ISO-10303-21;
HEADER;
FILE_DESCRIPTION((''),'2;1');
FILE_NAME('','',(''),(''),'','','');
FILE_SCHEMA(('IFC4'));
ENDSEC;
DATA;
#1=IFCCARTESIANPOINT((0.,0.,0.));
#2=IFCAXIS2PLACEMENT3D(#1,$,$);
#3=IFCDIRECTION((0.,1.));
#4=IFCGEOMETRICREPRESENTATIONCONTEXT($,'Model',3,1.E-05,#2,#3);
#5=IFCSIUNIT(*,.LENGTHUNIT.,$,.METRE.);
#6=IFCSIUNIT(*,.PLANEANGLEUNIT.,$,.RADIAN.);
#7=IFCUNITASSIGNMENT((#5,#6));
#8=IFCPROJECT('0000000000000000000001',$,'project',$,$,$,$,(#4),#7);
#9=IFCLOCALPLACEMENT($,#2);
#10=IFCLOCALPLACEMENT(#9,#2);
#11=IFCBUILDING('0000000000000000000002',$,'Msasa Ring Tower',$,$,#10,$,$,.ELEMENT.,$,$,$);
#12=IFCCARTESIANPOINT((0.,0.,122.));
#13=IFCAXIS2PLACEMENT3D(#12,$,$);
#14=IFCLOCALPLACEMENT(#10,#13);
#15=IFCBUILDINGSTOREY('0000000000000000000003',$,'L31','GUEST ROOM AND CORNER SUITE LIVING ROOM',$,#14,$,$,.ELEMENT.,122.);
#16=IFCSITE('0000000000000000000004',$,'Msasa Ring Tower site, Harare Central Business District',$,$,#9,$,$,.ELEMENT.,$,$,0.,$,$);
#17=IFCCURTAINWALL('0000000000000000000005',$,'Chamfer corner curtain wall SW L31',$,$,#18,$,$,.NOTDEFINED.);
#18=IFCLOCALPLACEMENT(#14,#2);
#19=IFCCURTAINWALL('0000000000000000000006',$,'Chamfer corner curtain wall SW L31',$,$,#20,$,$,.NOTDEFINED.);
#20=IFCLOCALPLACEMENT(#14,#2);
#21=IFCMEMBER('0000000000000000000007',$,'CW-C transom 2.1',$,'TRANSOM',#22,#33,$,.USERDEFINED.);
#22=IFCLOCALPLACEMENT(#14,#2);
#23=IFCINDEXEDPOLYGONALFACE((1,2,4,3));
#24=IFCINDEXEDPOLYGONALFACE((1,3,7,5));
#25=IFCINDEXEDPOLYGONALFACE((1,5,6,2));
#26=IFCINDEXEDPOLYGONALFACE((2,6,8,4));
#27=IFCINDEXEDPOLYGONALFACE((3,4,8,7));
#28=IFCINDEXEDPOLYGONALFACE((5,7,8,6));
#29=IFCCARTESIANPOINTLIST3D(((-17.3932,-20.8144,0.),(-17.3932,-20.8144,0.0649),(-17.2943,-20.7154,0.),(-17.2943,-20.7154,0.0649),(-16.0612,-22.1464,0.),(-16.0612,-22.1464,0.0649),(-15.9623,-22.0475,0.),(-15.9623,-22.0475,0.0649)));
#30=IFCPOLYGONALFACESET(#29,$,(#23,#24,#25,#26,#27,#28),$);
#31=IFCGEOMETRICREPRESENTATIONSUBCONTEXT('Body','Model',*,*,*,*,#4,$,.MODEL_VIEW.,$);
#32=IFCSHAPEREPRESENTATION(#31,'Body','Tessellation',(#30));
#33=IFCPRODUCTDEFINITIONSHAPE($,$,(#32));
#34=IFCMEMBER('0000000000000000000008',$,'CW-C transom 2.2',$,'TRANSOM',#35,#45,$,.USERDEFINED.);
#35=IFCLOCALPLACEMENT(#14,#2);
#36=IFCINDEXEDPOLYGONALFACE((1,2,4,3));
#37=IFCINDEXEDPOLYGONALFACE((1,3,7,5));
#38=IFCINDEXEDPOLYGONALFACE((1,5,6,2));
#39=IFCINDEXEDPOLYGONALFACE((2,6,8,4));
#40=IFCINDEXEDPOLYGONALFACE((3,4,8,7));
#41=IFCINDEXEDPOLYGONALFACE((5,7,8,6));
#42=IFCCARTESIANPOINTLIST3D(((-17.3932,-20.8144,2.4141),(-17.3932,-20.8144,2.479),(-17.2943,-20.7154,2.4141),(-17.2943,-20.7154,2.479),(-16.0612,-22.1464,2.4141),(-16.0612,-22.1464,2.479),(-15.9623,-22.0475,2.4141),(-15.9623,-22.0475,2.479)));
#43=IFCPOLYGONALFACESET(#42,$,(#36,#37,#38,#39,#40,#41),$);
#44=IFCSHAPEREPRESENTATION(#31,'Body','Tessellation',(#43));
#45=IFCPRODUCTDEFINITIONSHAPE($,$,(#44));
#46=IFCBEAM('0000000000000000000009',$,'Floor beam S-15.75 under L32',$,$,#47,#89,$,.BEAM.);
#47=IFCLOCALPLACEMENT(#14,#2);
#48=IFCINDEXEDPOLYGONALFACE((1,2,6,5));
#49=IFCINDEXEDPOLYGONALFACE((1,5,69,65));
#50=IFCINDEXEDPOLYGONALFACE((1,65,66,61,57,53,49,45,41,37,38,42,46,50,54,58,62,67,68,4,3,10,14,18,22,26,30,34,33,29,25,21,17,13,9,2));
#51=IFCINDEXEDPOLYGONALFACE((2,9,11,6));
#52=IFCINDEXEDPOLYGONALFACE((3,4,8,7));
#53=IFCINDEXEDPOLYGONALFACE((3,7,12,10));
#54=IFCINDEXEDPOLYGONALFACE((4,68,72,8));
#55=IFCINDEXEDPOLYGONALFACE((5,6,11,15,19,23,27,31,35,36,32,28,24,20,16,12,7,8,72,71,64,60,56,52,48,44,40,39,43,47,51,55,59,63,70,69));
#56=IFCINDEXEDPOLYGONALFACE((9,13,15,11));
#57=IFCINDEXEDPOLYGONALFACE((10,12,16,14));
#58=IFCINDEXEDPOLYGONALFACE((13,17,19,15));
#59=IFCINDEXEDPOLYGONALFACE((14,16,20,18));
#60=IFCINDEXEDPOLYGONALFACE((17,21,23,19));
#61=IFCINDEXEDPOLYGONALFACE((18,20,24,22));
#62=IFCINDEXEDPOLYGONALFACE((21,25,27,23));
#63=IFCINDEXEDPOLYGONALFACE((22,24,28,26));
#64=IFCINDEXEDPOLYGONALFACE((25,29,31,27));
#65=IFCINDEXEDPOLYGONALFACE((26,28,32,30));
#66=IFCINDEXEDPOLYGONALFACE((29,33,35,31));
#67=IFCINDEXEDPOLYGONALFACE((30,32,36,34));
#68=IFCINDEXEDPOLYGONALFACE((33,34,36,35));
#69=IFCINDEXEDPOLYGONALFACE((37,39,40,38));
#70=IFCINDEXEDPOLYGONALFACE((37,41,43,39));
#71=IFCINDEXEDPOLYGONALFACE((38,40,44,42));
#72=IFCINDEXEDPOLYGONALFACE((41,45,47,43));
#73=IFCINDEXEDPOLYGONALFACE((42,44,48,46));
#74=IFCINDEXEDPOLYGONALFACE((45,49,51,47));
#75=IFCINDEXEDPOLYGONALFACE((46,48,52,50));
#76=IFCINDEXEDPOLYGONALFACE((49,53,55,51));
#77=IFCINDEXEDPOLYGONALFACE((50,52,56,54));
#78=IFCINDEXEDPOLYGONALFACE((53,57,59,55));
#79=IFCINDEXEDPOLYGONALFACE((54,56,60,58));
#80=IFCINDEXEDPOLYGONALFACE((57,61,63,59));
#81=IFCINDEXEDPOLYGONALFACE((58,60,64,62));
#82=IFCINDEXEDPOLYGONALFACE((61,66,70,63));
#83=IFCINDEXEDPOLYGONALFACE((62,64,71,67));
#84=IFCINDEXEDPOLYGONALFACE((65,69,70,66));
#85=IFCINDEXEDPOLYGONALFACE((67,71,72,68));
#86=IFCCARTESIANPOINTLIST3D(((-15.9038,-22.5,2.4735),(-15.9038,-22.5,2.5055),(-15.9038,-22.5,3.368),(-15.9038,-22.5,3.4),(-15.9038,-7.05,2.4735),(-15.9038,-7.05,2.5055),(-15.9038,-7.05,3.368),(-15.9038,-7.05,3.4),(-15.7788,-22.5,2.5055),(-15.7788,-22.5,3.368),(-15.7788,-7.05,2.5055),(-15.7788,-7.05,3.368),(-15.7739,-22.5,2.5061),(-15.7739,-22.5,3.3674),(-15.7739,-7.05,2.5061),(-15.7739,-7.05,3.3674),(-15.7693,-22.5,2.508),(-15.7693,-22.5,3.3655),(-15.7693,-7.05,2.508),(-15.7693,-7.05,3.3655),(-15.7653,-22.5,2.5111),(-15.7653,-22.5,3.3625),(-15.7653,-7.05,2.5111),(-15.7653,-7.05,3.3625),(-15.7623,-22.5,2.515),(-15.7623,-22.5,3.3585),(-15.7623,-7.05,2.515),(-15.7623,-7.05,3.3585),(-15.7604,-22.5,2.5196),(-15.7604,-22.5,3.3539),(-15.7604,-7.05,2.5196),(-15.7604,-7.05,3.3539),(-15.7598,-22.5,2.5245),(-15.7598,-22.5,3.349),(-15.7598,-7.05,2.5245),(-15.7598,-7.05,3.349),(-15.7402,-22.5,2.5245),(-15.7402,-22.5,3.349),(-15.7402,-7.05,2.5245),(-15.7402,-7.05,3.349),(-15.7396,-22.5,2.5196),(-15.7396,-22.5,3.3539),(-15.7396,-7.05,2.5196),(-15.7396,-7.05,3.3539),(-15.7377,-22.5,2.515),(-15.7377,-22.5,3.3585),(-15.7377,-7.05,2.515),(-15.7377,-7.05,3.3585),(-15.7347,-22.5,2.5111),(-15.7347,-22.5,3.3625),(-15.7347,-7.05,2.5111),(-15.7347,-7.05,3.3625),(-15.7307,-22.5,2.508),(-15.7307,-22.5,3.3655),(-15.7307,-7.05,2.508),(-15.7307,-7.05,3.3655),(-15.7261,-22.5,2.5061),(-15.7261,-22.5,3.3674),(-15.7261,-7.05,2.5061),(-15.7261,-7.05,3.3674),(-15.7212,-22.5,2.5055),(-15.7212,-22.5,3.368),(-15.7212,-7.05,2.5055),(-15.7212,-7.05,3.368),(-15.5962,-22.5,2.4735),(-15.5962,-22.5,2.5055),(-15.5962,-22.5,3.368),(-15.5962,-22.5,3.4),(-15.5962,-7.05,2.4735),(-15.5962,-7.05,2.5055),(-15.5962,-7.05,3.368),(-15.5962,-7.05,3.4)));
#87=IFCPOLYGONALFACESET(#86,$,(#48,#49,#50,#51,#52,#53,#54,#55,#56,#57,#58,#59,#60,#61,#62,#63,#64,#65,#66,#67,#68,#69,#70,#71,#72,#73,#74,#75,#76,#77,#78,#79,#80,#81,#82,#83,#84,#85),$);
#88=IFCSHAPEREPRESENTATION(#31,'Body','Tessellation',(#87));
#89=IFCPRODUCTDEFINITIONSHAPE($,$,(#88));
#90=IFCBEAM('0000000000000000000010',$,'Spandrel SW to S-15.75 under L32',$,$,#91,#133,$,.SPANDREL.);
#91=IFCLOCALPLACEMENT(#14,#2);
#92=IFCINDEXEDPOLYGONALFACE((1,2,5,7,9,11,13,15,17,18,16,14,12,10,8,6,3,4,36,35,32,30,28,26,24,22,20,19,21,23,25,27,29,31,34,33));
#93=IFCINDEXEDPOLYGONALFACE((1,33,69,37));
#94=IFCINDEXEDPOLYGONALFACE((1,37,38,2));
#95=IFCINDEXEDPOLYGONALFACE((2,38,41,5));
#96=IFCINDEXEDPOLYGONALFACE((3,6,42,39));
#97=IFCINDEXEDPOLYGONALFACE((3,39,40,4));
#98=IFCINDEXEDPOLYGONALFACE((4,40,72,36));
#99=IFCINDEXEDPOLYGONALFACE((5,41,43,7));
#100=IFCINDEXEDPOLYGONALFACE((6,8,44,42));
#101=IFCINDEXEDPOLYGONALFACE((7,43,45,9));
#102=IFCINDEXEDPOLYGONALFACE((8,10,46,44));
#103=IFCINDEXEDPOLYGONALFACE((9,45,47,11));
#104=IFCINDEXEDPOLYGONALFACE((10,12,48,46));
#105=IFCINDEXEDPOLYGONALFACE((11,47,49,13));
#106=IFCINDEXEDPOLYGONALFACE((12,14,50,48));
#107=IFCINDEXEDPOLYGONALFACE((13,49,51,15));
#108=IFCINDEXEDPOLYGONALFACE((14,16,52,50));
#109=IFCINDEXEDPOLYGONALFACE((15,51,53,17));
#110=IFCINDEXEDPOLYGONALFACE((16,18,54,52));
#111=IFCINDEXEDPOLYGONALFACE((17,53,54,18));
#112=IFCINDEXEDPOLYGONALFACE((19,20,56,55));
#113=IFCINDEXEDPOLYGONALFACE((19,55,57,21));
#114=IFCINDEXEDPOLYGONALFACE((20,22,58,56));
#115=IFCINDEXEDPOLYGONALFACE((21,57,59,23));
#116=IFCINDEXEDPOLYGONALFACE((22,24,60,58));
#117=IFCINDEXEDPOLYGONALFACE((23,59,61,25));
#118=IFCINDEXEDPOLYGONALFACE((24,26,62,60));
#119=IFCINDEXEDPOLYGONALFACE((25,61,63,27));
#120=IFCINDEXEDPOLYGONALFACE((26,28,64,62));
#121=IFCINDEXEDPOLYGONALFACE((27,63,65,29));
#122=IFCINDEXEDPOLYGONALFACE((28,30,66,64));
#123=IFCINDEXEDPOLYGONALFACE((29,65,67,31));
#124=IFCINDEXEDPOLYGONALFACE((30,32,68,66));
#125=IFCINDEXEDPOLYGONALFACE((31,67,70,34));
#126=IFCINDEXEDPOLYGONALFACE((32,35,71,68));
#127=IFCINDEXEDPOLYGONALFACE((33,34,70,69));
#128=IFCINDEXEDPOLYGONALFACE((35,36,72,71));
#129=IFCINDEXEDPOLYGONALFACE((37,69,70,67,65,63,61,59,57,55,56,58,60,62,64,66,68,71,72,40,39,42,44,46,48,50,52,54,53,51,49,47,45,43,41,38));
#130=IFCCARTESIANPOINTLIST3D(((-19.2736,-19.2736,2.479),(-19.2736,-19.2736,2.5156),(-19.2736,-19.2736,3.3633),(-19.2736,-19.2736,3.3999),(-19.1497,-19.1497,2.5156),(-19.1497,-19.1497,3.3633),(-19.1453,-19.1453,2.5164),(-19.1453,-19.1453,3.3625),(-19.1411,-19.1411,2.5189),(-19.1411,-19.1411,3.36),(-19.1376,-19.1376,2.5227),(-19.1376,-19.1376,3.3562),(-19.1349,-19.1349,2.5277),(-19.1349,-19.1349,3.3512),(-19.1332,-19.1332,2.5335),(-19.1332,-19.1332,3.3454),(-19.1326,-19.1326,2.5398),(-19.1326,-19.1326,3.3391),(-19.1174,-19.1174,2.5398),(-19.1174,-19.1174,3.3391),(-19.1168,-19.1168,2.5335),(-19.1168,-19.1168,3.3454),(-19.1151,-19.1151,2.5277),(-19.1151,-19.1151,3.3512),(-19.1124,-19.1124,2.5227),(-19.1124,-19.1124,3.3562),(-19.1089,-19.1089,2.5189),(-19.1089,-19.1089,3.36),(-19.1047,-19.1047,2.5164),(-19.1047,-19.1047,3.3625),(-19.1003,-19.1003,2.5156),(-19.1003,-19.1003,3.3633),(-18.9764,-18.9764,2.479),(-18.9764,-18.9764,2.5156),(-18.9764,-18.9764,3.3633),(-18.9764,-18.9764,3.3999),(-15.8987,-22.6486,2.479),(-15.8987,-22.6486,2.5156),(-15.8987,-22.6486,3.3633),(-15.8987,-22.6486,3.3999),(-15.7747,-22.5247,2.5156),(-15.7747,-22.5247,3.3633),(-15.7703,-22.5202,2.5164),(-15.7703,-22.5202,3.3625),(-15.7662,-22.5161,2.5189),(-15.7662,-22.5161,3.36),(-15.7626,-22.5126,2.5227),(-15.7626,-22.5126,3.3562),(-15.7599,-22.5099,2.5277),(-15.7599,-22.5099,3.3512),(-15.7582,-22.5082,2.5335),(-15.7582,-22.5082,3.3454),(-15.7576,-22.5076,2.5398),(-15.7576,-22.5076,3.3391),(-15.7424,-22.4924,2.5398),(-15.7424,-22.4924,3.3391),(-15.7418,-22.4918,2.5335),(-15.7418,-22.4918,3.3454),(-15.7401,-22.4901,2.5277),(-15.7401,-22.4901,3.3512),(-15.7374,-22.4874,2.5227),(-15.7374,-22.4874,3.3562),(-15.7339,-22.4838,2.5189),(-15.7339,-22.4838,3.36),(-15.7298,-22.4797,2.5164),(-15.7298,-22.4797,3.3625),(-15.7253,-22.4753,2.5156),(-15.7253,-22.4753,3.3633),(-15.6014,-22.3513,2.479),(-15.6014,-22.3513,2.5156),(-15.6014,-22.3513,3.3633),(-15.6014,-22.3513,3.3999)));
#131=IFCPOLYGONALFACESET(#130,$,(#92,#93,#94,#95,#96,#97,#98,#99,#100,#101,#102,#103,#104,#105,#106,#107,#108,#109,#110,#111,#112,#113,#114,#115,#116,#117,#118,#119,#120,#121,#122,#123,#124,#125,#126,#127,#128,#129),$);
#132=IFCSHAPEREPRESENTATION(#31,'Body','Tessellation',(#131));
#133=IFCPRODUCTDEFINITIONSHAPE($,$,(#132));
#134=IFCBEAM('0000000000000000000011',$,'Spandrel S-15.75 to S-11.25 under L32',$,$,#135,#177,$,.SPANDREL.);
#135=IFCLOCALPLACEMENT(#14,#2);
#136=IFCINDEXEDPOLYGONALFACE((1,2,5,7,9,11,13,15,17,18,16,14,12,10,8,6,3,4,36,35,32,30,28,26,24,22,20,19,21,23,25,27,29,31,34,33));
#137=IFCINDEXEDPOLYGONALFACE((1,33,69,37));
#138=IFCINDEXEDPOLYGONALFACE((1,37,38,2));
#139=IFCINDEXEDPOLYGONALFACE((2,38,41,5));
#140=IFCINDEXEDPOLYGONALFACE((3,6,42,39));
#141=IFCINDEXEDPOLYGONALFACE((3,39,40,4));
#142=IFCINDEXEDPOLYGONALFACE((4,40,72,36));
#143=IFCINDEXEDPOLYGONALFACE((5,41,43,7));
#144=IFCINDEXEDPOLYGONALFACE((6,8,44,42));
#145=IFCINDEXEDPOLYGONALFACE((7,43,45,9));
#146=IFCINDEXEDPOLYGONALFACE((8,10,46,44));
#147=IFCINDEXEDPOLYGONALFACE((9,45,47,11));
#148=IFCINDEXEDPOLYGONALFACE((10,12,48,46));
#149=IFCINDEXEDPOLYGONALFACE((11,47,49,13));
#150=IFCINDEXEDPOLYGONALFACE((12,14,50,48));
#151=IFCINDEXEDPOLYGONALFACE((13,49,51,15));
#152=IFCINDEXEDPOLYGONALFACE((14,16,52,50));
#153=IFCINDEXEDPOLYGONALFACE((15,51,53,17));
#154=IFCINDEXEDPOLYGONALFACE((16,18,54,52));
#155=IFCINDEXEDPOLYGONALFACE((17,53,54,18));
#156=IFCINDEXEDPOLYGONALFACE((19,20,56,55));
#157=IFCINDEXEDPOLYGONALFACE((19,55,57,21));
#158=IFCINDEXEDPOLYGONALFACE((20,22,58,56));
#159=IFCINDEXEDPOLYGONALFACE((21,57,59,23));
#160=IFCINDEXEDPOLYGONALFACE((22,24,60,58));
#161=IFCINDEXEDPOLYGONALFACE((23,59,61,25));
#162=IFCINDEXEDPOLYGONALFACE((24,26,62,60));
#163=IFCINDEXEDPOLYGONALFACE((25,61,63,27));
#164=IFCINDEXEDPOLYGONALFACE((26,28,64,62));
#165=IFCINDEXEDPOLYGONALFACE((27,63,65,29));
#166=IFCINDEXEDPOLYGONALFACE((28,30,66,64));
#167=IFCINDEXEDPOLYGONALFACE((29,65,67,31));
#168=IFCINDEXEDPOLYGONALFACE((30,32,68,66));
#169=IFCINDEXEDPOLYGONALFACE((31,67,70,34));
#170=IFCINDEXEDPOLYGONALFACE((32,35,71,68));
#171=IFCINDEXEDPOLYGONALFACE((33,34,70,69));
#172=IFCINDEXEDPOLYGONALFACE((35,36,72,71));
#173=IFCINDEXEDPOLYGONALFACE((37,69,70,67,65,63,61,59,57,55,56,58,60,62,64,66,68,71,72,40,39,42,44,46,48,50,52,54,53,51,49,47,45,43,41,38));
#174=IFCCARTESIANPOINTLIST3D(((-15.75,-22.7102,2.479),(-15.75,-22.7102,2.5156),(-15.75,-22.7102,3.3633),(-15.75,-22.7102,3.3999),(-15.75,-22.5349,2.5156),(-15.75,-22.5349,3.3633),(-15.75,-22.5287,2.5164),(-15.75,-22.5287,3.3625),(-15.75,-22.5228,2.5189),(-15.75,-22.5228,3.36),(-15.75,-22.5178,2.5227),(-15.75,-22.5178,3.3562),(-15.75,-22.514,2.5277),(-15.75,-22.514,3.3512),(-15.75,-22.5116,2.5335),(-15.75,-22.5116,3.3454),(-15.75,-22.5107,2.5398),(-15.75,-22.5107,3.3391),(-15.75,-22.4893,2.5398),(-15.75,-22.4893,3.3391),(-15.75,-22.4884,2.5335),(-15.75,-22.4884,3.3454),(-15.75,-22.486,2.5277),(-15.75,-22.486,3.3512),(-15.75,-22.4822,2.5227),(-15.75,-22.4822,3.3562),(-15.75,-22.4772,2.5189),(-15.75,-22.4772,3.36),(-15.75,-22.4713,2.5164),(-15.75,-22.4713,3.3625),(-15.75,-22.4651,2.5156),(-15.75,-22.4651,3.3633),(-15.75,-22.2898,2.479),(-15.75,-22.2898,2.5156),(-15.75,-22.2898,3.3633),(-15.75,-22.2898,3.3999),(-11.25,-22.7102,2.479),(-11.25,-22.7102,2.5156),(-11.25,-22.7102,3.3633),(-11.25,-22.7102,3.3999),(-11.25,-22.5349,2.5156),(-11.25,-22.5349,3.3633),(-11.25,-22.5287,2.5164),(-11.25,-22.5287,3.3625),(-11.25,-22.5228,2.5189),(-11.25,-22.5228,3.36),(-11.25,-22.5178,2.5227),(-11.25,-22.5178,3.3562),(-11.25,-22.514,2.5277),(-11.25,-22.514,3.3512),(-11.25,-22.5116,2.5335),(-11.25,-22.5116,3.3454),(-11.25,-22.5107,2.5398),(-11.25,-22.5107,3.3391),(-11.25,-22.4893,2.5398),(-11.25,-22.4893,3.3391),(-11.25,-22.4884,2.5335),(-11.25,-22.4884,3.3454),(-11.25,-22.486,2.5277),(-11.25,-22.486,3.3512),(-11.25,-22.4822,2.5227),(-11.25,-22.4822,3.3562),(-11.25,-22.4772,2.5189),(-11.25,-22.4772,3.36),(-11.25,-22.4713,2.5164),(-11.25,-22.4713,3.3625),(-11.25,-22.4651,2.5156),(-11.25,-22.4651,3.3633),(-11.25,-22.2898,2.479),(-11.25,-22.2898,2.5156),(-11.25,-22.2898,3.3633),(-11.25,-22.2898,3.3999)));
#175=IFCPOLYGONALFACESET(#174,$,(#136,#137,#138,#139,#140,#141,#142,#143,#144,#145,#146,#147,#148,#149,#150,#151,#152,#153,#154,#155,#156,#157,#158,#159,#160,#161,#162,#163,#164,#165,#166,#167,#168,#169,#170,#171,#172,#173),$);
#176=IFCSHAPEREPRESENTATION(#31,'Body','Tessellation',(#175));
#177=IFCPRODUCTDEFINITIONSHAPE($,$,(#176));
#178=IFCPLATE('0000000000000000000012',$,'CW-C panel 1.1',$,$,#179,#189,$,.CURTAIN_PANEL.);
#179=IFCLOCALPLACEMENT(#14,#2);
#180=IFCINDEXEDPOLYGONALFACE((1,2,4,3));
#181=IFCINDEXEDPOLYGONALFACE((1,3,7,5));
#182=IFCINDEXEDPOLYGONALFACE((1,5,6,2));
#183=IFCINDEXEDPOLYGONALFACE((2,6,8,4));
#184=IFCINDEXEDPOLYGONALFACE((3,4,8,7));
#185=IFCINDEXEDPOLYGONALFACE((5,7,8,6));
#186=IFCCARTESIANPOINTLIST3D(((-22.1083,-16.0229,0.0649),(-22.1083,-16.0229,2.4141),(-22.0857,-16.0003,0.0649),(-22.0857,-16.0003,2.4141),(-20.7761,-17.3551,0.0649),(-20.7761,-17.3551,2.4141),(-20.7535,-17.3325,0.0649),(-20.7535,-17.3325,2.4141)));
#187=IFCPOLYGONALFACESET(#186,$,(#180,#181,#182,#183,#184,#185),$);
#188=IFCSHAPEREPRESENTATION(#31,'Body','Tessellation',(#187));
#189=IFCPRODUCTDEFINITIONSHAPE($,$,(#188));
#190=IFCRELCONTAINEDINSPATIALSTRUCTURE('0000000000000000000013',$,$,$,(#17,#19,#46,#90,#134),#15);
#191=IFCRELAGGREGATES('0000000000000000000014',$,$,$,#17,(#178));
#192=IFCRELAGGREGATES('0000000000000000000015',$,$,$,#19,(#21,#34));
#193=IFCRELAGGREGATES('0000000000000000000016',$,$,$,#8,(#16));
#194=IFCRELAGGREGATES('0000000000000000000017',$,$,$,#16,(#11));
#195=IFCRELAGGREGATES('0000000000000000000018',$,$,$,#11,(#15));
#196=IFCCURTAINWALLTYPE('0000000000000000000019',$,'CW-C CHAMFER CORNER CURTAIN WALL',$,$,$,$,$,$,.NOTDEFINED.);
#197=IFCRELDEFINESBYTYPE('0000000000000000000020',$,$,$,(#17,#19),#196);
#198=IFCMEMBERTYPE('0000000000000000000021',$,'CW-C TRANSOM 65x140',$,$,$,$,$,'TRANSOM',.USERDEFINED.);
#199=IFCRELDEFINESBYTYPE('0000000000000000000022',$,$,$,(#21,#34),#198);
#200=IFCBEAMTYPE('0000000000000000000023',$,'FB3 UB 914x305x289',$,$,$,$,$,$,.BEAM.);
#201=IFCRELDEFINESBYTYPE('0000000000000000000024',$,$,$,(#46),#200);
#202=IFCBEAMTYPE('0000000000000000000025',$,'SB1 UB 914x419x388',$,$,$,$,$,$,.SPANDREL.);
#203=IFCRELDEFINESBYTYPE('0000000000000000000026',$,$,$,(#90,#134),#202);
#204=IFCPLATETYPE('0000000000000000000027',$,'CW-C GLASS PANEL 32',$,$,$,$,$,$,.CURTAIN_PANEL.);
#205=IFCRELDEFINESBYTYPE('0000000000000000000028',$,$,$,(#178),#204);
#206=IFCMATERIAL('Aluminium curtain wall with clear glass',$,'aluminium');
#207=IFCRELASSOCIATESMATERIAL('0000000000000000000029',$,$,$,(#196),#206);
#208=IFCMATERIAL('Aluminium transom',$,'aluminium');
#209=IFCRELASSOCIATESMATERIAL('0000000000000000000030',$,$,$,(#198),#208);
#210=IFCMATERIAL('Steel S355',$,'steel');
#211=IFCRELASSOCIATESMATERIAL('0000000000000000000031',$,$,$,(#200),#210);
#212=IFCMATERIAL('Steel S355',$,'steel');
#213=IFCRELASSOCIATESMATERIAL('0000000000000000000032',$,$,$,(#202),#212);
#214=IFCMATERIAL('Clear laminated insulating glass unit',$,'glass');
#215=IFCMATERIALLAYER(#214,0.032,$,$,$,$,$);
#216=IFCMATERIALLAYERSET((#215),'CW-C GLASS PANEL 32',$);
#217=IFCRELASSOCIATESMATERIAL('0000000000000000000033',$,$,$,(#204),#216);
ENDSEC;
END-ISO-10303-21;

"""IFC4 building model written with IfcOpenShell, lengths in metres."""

from ifc_helpers import new_model, si_unit, direction, frame, origin, origin_2d, place, context, subcontext, project, spatial, rectangle, i_section, extrude, material, layer, layer_set, material_profile, profile_set, type_object, element, aggregate, save


model = new_model("IFC4")

# Units and contexts
model_context = context("Model", 3, precision=1e-05, world=origin(), true_north=direction((0.0, 1.0)))
body_context = subcontext(model_context, "Body", "Model", "MODEL_VIEW")
ifc_project = project(units=[si_unit("LENGTHUNIT", "METRE"), si_unit("PLANEANGLEUNIT", "RADIAN")], contexts=[model_context])

# Site, building, storey
site_placement = place(None, origin())
site = spatial("IfcSite", under=ifc_project, at=site_placement, Name="Msasa Ring Tower site, Harare Central Business District", CompositionType="ELEMENT", RefElevation=0.0)
building_placement = place(site_placement, origin())
building = spatial("IfcBuilding", under=site, at=building_placement, Name="Msasa Ring Tower", CompositionType="ELEMENT")
storey_placement = place(building_placement, frame((0.0, 0.0, 122.0)))
storey = spatial("IfcBuildingStorey", under=building, at=storey_placement, Name="L31", Description="GUEST ROOM AND CORNER SUITE LIVING ROOM", CompositionType="ELEMENT", Elevation=122.0)

# Curtain walls
ifc_material_1 = material(Name="Aluminium curtain wall with clear glass", Category="aluminium")
curtain_wall_type = type_object("IfcCurtainWallType", Name="CW-C CHAMFER CORNER CURTAIN WALL", PredefinedType="NOTDEFINED", material=ifc_material_1)
curtain_wall_1_placement = place(storey_placement, origin())
curtain_wall_1 = element("IfcCurtainWall", 1, at=curtain_wall_1_placement, inside=storey, type_object=curtain_wall_type, Name="Chamfer corner curtain wall SW L31", PredefinedType="NOTDEFINED")
curtain_wall_2_placement = place(storey_placement, origin())
curtain_wall_2 = element("IfcCurtainWall", 2, at=curtain_wall_2_placement, inside=storey, type_object=curtain_wall_type, Name="Chamfer corner curtain wall SW L31", PredefinedType="NOTDEFINED")

# Members
ifc_material_2 = material(Name="Aluminium transom", Category="aluminium")
ifc_material_profile_1 = material_profile(ifc_material_2, rectangle(XDim=0.1399, YDim=0.0649, at=origin_2d()), Name="AL 65x140")
ifc_profile_set_1 = profile_set([ifc_material_profile_1], Name="Aluminium transom")
member_type_1 = type_object("IfcMemberType", Name="CW-C TRANSOM 65x140", ElementType="TRANSOM", PredefinedType="USERDEFINED", material=ifc_profile_set_1)
member_1_placement = place(storey_placement, frame((-17.3438, -20.7649, 0.0325), z_axis=(0.707107, -0.707107, 0.0), x_axis=(0.707107, 0.707107, 0.0)))
member_1 = element("IfcMember", 3, at=member_1_placement, type_object=member_type_1, Name="CW-C transom 2.1", ObjectType="TRANSOM", PredefinedType="USERDEFINED", context=body_context, shape_type="SweptSolid", body=[
    extrude(rectangle(XDim=0.1399, YDim=0.0649, at=origin_2d()), origin(), (0.0, 0.0, 1.0), 1.8838),
])
member_2_placement = place(storey_placement, frame((-17.3438, -20.7649, 2.4465), z_axis=(0.707107, -0.707107, 0.0), x_axis=(0.707107, 0.707107, 0.0)))
member_2 = element("IfcMember", 4, at=member_2_placement, type_object=member_type_1, Name="CW-C transom 2.2", ObjectType="TRANSOM", PredefinedType="USERDEFINED", context=body_context, shape_type="SweptSolid", body=[
    extrude(rectangle(XDim=0.1399, YDim=0.0649, at=origin_2d()), origin(), (0.0, 0.0, 1.0), 1.8838),
])

# Beams
ifc_material_3 = material(Name="Steel S355", Category="steel")
ifc_material_profile_2 = material_profile(ifc_material_3, i_section(OverallWidth=0.3076, OverallDepth=0.9265, WebThickness=0.0195, FlangeThickness=0.032, FilletRadius=0.019, at=origin_2d()), Name="UB 914x305x289")
ifc_profile_set_2 = profile_set([ifc_material_profile_2], Name="Steel S355")
beam_type_1 = type_object("IfcBeamType", Name="FB3 UB 914x305x289", PredefinedType="BEAM", material=ifc_profile_set_2)
beam_1_placement = place(storey_placement, frame((-15.75, -22.5, 2.9368), z_axis=(0.0, 1.0, 0.0), x_axis=(-1.0, 0.0, 0.0)))
element("IfcBeam", 5, at=beam_1_placement, inside=storey, type_object=beam_type_1, Name="Floor beam S-15.75 under L32", PredefinedType="BEAM", context=body_context, shape_type="SweptSolid", body=[
    extrude(i_section(OverallWidth=0.3076, OverallDepth=0.9265, WebThickness=0.0195, FlangeThickness=0.032, FilletRadius=0.019, at=origin_2d()), origin(), (0.0, 0.0, 1.0), 15.45),
])
ifc_material_4 = material(Name="Steel S355", Category="steel")
ifc_material_profile_3 = material_profile(ifc_material_4, i_section(OverallWidth=0.4204, OverallDepth=0.9209, WebThickness=0.0215, FlangeThickness=0.0366, FilletRadius=0.0242, at=origin_2d()), Name="UB 914x419x388")
ifc_profile_set_3 = profile_set([ifc_material_profile_3], Name="Steel S355")
beam_type_2 = type_object("IfcBeamType", Name="SB1 UB 914x419x388", PredefinedType="SPANDREL", material=ifc_profile_set_3)
beam_2_placement = place(storey_placement, frame((-19.125, -19.125, 2.9395), z_axis=(0.707107, -0.707107, 0.0), x_axis=(0.707107, 0.707107, 0.0)))
element("IfcBeam", 6, at=beam_2_placement, inside=storey, type_object=beam_type_2, Name="Spandrel SW to S-15.75 under L32", PredefinedType="SPANDREL", context=body_context, shape_type="SweptSolid", body=[
    extrude(i_section(OverallWidth=0.4204, OverallDepth=0.9209, WebThickness=0.0215, FlangeThickness=0.0366, FilletRadius=0.0242, at=origin_2d()), origin(), (0.0, 0.0, 1.0), 4.7729),
])
beam_3_placement = place(storey_placement, frame((-15.75, -22.5, 2.9395), z_axis=(1.0, 0.0, 0.0), x_axis=(0.0, 1.0, 0.0)))
element("IfcBeam", 7, at=beam_3_placement, inside=storey, type_object=beam_type_2, Name="Spandrel S-15.75 to S-11.25 under L32", PredefinedType="SPANDREL", context=body_context, shape_type="SweptSolid", body=[
    extrude(i_section(OverallWidth=0.4204, OverallDepth=0.9209, WebThickness=0.0215, FlangeThickness=0.0366, FilletRadius=0.0242, at=origin_2d()), origin(), (0.0, 0.0, 1.0), 4.5),
])

# Plate
ifc_material_5 = material(Name="Clear laminated insulating glass unit", Category="glass")
ifc_layer_1 = layer(ifc_material_5, 0.032)
ifc_layer_set_1 = layer_set([ifc_layer_1], Name="CW-C GLASS PANEL 32")
plate_type = type_object("IfcPlateType", Name="CW-C GLASS PANEL 32", PredefinedType="CURTAIN_PANEL", material=ifc_layer_set_1)
plate_1_placement = place(storey_placement, frame((-21.4309, -16.6777, 0.0649), z_axis=(0.0, 0.0, 1.0), x_axis=(0.707107, -0.707107, 0.0)))
plate_1 = element("IfcPlate", 8, at=plate_1_placement, type_object=plate_type, Name="CW-C panel 1.1", PredefinedType="CURTAIN_PANEL", context=body_context, shape_type="SweptSolid", body=[
    extrude(rectangle(XDim=1.884, YDim=0.032, at=origin_2d()), origin(), (0.0, 0.0, 1.0), 2.3491),
])
aggregate(curtain_wall_1, [plate_1])
aggregate(curtain_wall_2, [member_1, member_2])

save(model, "model.ifc")
